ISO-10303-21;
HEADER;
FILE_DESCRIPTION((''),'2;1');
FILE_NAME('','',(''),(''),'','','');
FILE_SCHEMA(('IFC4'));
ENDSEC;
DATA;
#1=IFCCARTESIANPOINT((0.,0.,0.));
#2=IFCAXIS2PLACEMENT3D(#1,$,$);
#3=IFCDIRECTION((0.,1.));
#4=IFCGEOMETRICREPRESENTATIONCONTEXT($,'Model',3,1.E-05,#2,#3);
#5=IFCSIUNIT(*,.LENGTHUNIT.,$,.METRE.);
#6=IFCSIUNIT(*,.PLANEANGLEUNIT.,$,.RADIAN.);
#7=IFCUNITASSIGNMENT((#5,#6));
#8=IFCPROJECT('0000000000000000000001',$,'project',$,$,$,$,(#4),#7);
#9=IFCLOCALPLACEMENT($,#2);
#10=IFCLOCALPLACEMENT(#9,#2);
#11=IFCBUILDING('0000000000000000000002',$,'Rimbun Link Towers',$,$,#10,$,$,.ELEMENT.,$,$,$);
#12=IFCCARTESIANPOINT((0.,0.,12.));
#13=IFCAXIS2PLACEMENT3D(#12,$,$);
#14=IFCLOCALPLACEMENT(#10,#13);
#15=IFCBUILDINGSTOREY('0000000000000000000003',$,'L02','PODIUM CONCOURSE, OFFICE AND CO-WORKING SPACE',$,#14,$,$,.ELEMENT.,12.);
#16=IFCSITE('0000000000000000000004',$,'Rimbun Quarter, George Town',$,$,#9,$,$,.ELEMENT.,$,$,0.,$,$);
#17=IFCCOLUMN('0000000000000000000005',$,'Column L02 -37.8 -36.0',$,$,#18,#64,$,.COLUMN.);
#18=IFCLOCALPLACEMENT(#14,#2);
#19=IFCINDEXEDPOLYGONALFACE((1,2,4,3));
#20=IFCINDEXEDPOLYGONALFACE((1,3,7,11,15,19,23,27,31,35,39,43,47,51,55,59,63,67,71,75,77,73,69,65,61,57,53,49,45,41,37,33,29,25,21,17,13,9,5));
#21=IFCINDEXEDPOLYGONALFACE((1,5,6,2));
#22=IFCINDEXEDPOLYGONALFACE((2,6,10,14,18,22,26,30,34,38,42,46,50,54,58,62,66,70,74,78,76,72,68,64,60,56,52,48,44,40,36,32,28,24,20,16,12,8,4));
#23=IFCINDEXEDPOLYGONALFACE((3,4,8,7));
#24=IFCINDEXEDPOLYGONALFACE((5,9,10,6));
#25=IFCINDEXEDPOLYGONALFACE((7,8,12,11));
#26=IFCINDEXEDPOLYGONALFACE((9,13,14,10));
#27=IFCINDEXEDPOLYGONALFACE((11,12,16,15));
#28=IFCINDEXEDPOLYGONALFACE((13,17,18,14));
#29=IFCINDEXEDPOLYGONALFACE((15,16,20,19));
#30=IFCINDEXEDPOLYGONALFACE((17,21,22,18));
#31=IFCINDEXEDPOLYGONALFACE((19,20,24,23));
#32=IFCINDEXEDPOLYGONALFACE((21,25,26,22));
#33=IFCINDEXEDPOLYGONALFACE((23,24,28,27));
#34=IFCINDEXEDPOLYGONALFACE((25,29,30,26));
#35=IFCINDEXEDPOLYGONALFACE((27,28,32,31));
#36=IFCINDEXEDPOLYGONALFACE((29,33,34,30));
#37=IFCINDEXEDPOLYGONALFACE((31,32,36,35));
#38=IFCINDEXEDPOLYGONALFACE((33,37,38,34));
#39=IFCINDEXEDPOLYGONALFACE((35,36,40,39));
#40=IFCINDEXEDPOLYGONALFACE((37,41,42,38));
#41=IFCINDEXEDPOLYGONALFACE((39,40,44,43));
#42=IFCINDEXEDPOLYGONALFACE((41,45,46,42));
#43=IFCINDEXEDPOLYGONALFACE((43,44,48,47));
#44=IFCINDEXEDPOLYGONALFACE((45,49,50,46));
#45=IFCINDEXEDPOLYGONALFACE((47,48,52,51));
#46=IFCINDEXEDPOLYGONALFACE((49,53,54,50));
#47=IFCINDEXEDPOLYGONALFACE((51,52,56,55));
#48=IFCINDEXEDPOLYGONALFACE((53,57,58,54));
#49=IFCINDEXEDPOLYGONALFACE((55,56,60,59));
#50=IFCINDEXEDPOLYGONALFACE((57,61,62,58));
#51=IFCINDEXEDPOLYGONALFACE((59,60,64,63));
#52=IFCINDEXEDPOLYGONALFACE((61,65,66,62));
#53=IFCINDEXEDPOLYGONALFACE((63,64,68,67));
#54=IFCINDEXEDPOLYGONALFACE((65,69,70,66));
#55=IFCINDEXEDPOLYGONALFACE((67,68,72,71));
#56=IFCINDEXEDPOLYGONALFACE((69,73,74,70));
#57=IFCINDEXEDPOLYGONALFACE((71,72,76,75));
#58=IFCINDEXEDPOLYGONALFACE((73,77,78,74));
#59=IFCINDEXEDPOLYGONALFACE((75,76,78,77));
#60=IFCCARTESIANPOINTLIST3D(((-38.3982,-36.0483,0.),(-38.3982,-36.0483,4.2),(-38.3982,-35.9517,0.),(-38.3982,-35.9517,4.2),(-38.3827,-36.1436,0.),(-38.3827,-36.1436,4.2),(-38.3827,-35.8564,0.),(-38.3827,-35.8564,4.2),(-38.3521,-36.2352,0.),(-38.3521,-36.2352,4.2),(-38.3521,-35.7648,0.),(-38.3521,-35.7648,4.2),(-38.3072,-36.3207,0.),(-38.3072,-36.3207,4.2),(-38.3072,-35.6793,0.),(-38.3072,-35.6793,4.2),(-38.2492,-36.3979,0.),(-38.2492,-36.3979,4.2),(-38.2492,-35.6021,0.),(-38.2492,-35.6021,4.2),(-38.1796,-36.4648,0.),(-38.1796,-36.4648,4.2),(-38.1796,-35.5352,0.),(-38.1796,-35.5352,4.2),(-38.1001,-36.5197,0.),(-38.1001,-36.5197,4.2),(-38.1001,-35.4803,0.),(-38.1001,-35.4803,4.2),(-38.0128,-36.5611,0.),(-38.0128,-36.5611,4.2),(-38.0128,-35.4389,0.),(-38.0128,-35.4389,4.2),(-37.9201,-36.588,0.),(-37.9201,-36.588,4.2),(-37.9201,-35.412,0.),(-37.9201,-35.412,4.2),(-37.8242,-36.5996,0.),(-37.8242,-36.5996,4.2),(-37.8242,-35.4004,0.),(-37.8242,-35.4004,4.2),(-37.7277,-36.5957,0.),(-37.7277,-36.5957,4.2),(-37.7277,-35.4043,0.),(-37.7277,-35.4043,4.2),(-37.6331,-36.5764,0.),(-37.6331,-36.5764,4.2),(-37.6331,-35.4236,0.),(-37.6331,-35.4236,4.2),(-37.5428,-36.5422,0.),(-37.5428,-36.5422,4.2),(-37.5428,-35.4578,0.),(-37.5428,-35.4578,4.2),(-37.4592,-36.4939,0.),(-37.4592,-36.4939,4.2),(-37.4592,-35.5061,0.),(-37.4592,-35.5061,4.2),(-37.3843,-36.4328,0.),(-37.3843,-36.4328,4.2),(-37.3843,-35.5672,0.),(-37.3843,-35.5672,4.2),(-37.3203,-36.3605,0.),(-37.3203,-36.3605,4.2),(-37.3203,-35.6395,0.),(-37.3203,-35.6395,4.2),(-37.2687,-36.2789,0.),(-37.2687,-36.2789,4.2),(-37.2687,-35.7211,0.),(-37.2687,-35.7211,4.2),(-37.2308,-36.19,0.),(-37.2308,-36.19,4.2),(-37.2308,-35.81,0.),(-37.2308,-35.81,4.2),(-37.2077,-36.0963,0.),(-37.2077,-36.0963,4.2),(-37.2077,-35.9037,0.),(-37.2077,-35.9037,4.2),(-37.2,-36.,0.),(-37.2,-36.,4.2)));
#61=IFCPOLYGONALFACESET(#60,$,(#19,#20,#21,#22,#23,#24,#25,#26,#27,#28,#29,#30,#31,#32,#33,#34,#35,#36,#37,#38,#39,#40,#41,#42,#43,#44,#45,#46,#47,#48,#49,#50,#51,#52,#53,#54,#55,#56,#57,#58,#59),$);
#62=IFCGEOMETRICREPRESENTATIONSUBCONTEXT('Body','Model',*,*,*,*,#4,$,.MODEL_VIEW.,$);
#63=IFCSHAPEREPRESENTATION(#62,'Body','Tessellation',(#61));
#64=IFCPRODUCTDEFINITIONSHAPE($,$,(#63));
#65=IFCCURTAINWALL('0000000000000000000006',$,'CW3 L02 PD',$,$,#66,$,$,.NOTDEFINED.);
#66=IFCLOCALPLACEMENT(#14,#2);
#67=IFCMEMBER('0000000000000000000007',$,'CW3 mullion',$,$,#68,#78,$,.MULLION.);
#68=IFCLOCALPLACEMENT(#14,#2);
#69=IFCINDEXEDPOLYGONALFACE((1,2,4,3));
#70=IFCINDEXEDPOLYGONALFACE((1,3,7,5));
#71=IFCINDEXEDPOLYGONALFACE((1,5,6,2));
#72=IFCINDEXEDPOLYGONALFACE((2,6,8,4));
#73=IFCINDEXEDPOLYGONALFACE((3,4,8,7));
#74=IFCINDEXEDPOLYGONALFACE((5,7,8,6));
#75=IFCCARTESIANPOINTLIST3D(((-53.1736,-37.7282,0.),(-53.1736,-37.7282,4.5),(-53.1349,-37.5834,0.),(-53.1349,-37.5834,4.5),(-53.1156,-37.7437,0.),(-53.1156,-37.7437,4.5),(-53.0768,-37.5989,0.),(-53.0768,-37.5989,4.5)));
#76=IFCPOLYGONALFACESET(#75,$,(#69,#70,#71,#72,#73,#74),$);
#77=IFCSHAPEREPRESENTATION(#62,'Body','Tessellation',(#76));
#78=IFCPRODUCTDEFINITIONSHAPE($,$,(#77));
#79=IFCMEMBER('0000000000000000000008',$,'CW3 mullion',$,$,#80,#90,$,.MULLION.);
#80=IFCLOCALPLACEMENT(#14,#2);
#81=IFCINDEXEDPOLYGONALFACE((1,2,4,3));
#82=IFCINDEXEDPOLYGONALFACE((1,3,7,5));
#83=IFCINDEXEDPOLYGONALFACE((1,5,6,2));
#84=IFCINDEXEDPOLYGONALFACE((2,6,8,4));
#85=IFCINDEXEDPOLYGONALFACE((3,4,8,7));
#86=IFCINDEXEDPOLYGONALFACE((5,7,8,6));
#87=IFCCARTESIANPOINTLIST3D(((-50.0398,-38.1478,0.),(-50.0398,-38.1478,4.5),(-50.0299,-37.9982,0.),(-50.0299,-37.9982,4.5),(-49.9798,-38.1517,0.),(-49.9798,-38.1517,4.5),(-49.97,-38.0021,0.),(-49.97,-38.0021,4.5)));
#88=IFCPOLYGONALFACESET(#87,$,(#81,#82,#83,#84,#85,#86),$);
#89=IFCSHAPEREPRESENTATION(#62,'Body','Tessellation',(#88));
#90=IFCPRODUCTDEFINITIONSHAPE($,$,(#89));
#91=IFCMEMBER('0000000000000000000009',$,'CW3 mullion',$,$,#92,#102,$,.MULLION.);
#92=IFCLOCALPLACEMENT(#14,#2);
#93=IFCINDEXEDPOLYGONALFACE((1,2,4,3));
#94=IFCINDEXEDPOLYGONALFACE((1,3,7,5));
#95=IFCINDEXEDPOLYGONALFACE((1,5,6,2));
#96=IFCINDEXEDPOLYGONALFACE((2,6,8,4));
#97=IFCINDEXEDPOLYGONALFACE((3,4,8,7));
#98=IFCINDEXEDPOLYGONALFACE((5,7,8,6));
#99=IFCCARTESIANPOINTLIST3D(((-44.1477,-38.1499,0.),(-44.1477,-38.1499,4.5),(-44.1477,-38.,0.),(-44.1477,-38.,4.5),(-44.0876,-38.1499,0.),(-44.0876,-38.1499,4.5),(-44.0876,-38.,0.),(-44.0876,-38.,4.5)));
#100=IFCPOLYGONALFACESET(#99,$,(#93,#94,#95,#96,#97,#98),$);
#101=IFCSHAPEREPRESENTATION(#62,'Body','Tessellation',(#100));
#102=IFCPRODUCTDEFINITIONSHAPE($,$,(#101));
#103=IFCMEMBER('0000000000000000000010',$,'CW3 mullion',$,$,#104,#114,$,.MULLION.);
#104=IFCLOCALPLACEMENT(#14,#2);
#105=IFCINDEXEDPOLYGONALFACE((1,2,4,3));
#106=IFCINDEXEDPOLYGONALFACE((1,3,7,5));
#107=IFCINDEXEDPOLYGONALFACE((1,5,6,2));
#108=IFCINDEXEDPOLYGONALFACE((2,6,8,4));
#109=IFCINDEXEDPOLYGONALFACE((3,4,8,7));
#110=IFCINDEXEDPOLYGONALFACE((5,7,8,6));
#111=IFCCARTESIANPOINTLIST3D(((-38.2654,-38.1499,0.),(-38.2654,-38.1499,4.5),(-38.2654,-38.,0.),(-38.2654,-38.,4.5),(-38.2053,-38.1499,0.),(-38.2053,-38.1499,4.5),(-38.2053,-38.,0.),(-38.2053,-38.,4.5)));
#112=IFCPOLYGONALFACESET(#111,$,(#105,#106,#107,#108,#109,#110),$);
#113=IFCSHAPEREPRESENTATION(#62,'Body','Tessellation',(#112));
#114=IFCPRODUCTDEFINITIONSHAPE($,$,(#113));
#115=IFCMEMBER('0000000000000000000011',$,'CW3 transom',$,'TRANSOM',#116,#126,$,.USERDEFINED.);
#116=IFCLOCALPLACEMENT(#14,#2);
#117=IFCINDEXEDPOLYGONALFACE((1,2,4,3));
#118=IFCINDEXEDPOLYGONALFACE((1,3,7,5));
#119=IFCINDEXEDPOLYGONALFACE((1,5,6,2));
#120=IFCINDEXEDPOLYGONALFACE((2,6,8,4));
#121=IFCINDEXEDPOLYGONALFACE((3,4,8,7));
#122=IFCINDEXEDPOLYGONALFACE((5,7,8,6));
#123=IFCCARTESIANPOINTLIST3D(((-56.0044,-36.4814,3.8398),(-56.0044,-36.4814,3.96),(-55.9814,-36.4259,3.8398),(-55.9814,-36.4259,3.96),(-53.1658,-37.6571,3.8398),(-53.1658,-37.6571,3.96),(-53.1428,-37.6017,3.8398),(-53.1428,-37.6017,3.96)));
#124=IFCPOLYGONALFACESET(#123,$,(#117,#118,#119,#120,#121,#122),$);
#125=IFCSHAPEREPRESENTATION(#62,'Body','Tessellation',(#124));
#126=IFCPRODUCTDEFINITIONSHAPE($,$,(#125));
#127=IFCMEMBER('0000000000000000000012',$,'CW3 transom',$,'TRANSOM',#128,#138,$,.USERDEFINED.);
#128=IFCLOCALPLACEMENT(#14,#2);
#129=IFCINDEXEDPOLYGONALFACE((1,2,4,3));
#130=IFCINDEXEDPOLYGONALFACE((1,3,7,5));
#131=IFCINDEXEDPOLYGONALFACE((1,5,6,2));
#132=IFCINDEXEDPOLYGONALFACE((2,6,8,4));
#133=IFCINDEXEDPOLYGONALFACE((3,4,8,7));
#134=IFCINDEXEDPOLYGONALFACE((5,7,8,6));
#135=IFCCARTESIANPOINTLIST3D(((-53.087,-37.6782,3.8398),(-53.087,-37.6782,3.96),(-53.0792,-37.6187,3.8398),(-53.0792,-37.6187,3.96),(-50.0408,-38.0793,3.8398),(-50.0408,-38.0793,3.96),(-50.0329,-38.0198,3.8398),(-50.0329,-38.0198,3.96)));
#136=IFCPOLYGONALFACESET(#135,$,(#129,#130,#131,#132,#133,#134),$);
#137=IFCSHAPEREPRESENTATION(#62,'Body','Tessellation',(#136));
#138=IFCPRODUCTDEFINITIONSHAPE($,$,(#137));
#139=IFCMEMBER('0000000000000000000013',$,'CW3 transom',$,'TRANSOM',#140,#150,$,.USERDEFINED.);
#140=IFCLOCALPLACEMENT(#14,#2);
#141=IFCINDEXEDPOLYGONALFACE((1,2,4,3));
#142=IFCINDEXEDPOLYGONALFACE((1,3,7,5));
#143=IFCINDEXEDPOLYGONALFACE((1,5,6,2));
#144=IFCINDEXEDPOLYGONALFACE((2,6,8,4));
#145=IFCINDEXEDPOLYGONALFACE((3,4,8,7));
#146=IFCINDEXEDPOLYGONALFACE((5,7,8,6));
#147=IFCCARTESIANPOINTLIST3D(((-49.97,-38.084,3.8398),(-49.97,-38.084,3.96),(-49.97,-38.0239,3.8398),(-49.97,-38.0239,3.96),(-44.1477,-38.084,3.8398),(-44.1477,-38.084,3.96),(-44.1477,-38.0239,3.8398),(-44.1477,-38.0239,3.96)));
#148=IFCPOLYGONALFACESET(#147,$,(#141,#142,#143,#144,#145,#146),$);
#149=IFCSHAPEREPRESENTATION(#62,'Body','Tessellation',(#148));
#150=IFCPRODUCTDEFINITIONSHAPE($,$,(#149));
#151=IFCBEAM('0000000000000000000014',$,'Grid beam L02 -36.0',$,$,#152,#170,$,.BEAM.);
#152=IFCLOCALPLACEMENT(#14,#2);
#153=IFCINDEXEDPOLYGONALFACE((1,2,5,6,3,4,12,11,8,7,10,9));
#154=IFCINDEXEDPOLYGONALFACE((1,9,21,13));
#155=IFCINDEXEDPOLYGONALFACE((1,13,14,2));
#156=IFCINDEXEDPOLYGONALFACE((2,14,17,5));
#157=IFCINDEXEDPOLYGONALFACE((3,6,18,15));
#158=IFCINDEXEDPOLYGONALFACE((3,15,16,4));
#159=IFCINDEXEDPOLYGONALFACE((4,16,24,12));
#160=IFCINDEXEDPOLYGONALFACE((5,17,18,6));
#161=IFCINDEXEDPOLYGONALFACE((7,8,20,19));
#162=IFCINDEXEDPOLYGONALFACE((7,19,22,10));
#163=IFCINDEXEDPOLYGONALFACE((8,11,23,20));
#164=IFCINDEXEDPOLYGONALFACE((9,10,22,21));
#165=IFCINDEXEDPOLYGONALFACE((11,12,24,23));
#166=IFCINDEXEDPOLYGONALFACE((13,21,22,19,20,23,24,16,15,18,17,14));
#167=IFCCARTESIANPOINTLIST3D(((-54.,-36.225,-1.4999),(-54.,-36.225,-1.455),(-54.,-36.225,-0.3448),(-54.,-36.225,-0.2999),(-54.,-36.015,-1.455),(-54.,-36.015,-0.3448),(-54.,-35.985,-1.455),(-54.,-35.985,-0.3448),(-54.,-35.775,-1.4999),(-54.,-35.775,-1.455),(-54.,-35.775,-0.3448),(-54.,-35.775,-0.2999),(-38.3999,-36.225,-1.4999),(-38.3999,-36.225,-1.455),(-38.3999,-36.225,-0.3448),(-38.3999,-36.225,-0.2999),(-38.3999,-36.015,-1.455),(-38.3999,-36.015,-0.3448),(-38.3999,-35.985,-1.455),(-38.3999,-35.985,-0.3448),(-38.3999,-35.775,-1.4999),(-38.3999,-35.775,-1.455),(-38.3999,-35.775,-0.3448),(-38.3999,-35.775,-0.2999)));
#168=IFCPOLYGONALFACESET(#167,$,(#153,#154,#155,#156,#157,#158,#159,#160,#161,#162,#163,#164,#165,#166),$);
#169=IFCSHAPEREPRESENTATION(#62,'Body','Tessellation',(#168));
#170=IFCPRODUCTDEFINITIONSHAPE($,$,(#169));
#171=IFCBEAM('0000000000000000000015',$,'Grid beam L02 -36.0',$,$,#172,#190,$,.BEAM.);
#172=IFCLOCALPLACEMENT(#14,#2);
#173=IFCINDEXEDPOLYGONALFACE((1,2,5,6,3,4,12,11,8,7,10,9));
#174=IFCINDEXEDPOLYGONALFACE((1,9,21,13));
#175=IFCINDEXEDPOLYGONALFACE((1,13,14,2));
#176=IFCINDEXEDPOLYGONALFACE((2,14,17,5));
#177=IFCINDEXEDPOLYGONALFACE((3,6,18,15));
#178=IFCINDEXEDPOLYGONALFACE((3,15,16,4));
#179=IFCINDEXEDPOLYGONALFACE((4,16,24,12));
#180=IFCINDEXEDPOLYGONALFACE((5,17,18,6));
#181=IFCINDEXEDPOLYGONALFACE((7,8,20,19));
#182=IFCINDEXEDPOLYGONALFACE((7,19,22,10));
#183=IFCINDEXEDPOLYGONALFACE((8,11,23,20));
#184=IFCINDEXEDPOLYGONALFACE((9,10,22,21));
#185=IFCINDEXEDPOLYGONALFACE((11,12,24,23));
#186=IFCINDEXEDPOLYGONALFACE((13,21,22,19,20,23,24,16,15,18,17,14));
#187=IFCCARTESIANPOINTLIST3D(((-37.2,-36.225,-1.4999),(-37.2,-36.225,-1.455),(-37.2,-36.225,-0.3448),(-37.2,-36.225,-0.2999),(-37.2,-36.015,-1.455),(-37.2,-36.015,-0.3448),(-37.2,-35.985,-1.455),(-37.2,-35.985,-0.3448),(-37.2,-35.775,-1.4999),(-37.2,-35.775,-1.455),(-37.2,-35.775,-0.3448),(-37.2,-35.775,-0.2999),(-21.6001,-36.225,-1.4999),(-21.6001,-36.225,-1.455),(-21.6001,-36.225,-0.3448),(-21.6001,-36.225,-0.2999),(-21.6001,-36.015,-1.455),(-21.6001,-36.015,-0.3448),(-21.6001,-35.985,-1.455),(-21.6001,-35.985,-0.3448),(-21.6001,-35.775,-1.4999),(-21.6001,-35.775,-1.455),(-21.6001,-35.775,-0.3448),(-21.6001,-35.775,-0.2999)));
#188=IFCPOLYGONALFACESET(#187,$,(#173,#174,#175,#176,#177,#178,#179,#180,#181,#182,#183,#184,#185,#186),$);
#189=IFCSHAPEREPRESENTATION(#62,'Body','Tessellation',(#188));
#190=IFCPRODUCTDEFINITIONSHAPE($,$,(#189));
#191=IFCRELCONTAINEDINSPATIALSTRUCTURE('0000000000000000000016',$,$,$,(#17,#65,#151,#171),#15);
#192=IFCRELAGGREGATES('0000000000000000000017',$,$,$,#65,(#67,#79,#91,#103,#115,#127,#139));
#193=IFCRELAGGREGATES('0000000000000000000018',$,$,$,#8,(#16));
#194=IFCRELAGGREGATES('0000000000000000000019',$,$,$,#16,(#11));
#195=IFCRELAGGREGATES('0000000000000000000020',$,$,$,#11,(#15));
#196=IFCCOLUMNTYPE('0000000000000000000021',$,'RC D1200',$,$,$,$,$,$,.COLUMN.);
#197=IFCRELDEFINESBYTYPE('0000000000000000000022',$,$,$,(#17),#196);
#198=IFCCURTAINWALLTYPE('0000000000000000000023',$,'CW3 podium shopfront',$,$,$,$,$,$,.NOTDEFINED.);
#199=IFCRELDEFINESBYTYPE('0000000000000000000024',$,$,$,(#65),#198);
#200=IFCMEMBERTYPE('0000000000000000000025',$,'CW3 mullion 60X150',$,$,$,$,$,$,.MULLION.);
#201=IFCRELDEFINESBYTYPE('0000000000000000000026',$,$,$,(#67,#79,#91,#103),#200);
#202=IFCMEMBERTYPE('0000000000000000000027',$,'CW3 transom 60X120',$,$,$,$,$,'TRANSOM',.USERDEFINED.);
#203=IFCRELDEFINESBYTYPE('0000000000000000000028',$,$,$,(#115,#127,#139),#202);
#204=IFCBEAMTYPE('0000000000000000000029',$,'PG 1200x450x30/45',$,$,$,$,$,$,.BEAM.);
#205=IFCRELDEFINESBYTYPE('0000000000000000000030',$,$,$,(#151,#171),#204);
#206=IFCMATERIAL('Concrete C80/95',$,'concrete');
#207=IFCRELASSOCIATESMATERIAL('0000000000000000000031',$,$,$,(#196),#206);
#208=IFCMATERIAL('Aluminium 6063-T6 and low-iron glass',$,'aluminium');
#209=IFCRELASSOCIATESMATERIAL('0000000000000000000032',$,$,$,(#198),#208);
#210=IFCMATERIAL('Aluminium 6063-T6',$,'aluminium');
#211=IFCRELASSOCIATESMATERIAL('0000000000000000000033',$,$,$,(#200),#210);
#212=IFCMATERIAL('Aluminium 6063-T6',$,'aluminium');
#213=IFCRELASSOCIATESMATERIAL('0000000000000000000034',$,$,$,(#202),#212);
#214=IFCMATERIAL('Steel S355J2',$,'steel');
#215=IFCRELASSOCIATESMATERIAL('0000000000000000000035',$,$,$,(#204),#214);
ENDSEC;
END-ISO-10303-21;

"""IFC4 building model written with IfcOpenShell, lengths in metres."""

from ifc_helpers import new_model, si_unit, direction, frame, origin, origin_2d, place, context, subcontext, project, spatial, rectangle, circle, i_section, extrude, material, material_profile, profile_set, type_object, element, aggregate, save


model = new_model("IFC4")

# Units and contexts
model_context = context("Model", 3, precision=1e-05, world=origin(), true_north=direction((0.0, 1.0)))
body_context = subcontext(model_context, "Body", "Model", "MODEL_VIEW")
ifc_project = project(units=[si_unit("LENGTHUNIT", "METRE"), si_unit("PLANEANGLEUNIT", "RADIAN")], contexts=[model_context])

# Site, building, storey
site_placement = place(None, origin())
site = spatial("IfcSite", under=ifc_project, at=site_placement, Name="Rimbun Quarter, George Town", CompositionType="ELEMENT", RefElevation=0.0)
building_placement = place(site_placement, origin())
building = spatial("IfcBuilding", under=site, at=building_placement, Name="Rimbun Link Towers", CompositionType="ELEMENT")
storey_placement = place(building_placement, frame((0.0, 0.0, 12.0)))
storey = spatial("IfcBuildingStorey", under=building, at=storey_placement, Name="L02", Description="PODIUM CONCOURSE, OFFICE AND CO-WORKING SPACE", CompositionType="ELEMENT", Elevation=12.0)

# Column
ifc_material_1 = material(Name="Concrete C80/95", Category="concrete")
ifc_material_profile_1 = material_profile(ifc_material_1, circle(Radius=0.6001, at=origin_2d()), Name="RC D1200")
ifc_profile_set_1 = profile_set([ifc_material_profile_1], Name="Concrete C80/95")
column_type = type_object("IfcColumnType", Name="RC D1200", PredefinedType="COLUMN", material=ifc_profile_set_1)
column_placement = place(storey_placement, frame((-37.8, -36.0, 0.0), z_axis=(0.0, 0.0, 1.0), x_axis=(1.0, 0.0, 0.0)))
element("IfcColumn", 1, at=column_placement, inside=storey, type_object=column_type, Name="Column L02 -37.8 -36.0", PredefinedType="COLUMN", context=body_context, shape_type="SweptSolid", body=[
    extrude(circle(Radius=0.6001, at=origin_2d()), origin(), (0.0, 0.0, 1.0), 4.2),
])

# Curtain wall, members
ifc_material_2 = material(Name="Aluminium 6063-T6 and low-iron glass", Category="aluminium")
curtain_wall_type = type_object("IfcCurtainWallType", Name="CW3 podium shopfront", PredefinedType="NOTDEFINED", material=ifc_material_2)
curtain_wall_placement = place(storey_placement, origin())
curtain_wall = element("IfcCurtainWall", 2, at=curtain_wall_placement, inside=storey, type_object=curtain_wall_type, Name="CW3 L02 PD", PredefinedType="NOTDEFINED")
ifc_material_3 = material(Name="Aluminium 6063-T6", Category="aluminium")
ifc_material_profile_2 = material_profile(ifc_material_3, rectangle(XDim=0.1499, YDim=0.0601, at=origin_2d()), Name="MULLION 60X150")
ifc_profile_set_2 = profile_set([ifc_material_profile_2], Name="Aluminium 6063-T6")
member_type_1 = type_object("IfcMemberType", Name="CW3 mullion 60X150", PredefinedType="MULLION", material=ifc_profile_set_2)
member_1_placement = place(storey_placement, frame((-53.1252, -37.6636, 0.0), z_axis=(0.0, 0.0, 1.0), x_axis=(-0.258819, -0.965926, 0.0)))
member_1 = element("IfcMember", 3, at=member_1_placement, type_object=member_type_1, Name="CW3 mullion", PredefinedType="MULLION", context=body_context, shape_type="SweptSolid", body=[
    extrude(rectangle(XDim=0.1499, YDim=0.0601, at=origin_2d()), origin(), (0.0, 0.0, 1.0), 4.5),
])
member_2_placement = place(storey_placement, frame((-50.0049, -38.075, 0.0), z_axis=(0.0, 0.0, 1.0), x_axis=(-0.065405, -0.997859, 0.0)))
member_2 = element("IfcMember", 4, at=member_2_placement, type_object=member_type_1, Name="CW3 mullion", PredefinedType="MULLION", context=body_context, shape_type="SweptSolid", body=[
    extrude(rectangle(XDim=0.1499, YDim=0.0601, at=origin_2d()), origin(), (0.0, 0.0, 1.0), 4.5),
])
member_3_placement = place(storey_placement, frame((-44.1177, -38.075, 0.0), z_axis=(0.0, 0.0, 1.0), x_axis=(0.0, -1.0, 0.0)))
member_3 = element("IfcMember", 5, at=member_3_placement, type_object=member_type_1, Name="CW3 mullion", PredefinedType="MULLION", context=body_context, shape_type="SweptSolid", body=[
    extrude(rectangle(XDim=0.1499, YDim=0.0601, at=origin_2d()), origin(), (0.0, 0.0, 1.0), 4.5),
])
member_4_placement = place(storey_placement, frame((-38.2354, -38.075, 0.0), z_axis=(0.0, 0.0, 1.0), x_axis=(0.0, -1.0, 0.0)))
member_4 = element("IfcMember", 6, at=member_4_placement, type_object=member_type_1, Name="CW3 mullion", PredefinedType="MULLION", context=body_context, shape_type="SweptSolid", body=[
    extrude(rectangle(XDim=0.1499, YDim=0.0601, at=origin_2d()), origin(), (0.0, 0.0, 1.0), 4.5),
])
ifc_material_4 = material(Name="Aluminium 6063-T6", Category="aluminium")
ifc_material_profile_3 = material_profile(ifc_material_4, rectangle(XDim=0.0601, YDim=0.1201, at=origin_2d()), Name="TRANSOM 60X120")
ifc_profile_set_3 = profile_set([ifc_material_profile_3], Name="Aluminium 6063-T6")
member_type_2 = type_object("IfcMemberType", Name="CW3 transom 60X120", ElementType="TRANSOM", PredefinedType="USERDEFINED", material=ifc_profile_set_3)
member_5_placement = place(storey_placement, frame((-53.1543, -37.6294, 3.8999), z_axis=(-0.923881, 0.382679, 0.0), x_axis=(-0.382679, -0.923881, 0.0)))
member_5 = element("IfcMember", 7, at=member_5_placement, type_object=member_type_2, Name="CW3 transom", ObjectType="TRANSOM", PredefinedType="USERDEFINED", context=body_context, shape_type="SweptSolid", body=[
    extrude(rectangle(XDim=0.0601, YDim=0.1201, at=origin_2d()), origin(), (0.0, 0.0, 1.0), 3.0725),
])
member_6_placement = place(storey_placement, frame((-50.0369, -38.0496, 3.8999), z_axis=(-0.991441, 0.130555, 0.0), x_axis=(-0.130555, -0.991441, 0.0)))
member_6 = element("IfcMember", 8, at=member_6_placement, type_object=member_type_2, Name="CW3 transom", ObjectType="TRANSOM", PredefinedType="USERDEFINED", context=body_context, shape_type="SweptSolid", body=[
    extrude(rectangle(XDim=0.0601, YDim=0.1201, at=origin_2d()), origin(), (0.0, 0.0, 1.0), 3.0725),
])
member_7_placement = place(storey_placement, frame((-44.1477, -38.054, 3.8999), z_axis=(-1.0, 0.0, 0.0), x_axis=(0.0, -1.0, 0.0)))
member_7 = element("IfcMember", 9, at=member_7_placement, type_object=member_type_2, Name="CW3 transom", ObjectType="TRANSOM", PredefinedType="USERDEFINED", context=body_context, shape_type="SweptSolid", body=[
    extrude(rectangle(XDim=0.0601, YDim=0.1201, at=origin_2d()), origin(), (0.0, 0.0, 1.0), 5.8223),
])

# Beams
ifc_material_5 = material(Name="Steel S355J2", Category="steel")
ifc_material_profile_4 = material_profile(ifc_material_5, i_section(OverallWidth=0.45, OverallDepth=1.2, WebThickness=0.03, FlangeThickness=0.0449, at=origin_2d()), Name="PG 1200x450x30/45")
ifc_profile_set_4 = profile_set([ifc_material_profile_4], Name="Steel S355J2")
beam_type_1 = type_object("IfcBeamType", Name="PG 1200x450x30/45", PredefinedType="BEAM", material=ifc_profile_set_4)
beam_1_placement = place(storey_placement, frame((-54.0, -36.0, -0.8999), z_axis=(1.0, 0.0, 0.0), x_axis=(0.0, 1.0, 0.0)))
element("IfcBeam", 10, at=beam_1_placement, inside=storey, type_object=beam_type_1, Name="Grid beam L02 -36.0", PredefinedType="BEAM", context=body_context, shape_type="SweptSolid", body=[
    extrude(i_section(OverallWidth=0.45, OverallDepth=1.2, WebThickness=0.03, FlangeThickness=0.0449, at=origin_2d()), origin(), (0.0, 0.0, 1.0), 15.6001),
])
beam_2_placement = place(storey_placement, frame((-37.2, -36.0, -0.8999), z_axis=(1.0, 0.0, 0.0), x_axis=(0.0, 1.0, 0.0)))
element("IfcBeam", 11, at=beam_2_placement, inside=storey, type_object=beam_type_1, Name="Grid beam L02 -36.0", PredefinedType="BEAM", context=body_context, shape_type="SweptSolid", body=[
    extrude(i_section(OverallWidth=0.45, OverallDepth=1.2, WebThickness=0.03, FlangeThickness=0.0449, at=origin_2d()), origin(), (0.0, 0.0, 1.0), 15.5999),
])

aggregate(curtain_wall, [member_1, member_2, member_3, member_4, member_5, member_6, member_7])

save(model, "model.ifc")
